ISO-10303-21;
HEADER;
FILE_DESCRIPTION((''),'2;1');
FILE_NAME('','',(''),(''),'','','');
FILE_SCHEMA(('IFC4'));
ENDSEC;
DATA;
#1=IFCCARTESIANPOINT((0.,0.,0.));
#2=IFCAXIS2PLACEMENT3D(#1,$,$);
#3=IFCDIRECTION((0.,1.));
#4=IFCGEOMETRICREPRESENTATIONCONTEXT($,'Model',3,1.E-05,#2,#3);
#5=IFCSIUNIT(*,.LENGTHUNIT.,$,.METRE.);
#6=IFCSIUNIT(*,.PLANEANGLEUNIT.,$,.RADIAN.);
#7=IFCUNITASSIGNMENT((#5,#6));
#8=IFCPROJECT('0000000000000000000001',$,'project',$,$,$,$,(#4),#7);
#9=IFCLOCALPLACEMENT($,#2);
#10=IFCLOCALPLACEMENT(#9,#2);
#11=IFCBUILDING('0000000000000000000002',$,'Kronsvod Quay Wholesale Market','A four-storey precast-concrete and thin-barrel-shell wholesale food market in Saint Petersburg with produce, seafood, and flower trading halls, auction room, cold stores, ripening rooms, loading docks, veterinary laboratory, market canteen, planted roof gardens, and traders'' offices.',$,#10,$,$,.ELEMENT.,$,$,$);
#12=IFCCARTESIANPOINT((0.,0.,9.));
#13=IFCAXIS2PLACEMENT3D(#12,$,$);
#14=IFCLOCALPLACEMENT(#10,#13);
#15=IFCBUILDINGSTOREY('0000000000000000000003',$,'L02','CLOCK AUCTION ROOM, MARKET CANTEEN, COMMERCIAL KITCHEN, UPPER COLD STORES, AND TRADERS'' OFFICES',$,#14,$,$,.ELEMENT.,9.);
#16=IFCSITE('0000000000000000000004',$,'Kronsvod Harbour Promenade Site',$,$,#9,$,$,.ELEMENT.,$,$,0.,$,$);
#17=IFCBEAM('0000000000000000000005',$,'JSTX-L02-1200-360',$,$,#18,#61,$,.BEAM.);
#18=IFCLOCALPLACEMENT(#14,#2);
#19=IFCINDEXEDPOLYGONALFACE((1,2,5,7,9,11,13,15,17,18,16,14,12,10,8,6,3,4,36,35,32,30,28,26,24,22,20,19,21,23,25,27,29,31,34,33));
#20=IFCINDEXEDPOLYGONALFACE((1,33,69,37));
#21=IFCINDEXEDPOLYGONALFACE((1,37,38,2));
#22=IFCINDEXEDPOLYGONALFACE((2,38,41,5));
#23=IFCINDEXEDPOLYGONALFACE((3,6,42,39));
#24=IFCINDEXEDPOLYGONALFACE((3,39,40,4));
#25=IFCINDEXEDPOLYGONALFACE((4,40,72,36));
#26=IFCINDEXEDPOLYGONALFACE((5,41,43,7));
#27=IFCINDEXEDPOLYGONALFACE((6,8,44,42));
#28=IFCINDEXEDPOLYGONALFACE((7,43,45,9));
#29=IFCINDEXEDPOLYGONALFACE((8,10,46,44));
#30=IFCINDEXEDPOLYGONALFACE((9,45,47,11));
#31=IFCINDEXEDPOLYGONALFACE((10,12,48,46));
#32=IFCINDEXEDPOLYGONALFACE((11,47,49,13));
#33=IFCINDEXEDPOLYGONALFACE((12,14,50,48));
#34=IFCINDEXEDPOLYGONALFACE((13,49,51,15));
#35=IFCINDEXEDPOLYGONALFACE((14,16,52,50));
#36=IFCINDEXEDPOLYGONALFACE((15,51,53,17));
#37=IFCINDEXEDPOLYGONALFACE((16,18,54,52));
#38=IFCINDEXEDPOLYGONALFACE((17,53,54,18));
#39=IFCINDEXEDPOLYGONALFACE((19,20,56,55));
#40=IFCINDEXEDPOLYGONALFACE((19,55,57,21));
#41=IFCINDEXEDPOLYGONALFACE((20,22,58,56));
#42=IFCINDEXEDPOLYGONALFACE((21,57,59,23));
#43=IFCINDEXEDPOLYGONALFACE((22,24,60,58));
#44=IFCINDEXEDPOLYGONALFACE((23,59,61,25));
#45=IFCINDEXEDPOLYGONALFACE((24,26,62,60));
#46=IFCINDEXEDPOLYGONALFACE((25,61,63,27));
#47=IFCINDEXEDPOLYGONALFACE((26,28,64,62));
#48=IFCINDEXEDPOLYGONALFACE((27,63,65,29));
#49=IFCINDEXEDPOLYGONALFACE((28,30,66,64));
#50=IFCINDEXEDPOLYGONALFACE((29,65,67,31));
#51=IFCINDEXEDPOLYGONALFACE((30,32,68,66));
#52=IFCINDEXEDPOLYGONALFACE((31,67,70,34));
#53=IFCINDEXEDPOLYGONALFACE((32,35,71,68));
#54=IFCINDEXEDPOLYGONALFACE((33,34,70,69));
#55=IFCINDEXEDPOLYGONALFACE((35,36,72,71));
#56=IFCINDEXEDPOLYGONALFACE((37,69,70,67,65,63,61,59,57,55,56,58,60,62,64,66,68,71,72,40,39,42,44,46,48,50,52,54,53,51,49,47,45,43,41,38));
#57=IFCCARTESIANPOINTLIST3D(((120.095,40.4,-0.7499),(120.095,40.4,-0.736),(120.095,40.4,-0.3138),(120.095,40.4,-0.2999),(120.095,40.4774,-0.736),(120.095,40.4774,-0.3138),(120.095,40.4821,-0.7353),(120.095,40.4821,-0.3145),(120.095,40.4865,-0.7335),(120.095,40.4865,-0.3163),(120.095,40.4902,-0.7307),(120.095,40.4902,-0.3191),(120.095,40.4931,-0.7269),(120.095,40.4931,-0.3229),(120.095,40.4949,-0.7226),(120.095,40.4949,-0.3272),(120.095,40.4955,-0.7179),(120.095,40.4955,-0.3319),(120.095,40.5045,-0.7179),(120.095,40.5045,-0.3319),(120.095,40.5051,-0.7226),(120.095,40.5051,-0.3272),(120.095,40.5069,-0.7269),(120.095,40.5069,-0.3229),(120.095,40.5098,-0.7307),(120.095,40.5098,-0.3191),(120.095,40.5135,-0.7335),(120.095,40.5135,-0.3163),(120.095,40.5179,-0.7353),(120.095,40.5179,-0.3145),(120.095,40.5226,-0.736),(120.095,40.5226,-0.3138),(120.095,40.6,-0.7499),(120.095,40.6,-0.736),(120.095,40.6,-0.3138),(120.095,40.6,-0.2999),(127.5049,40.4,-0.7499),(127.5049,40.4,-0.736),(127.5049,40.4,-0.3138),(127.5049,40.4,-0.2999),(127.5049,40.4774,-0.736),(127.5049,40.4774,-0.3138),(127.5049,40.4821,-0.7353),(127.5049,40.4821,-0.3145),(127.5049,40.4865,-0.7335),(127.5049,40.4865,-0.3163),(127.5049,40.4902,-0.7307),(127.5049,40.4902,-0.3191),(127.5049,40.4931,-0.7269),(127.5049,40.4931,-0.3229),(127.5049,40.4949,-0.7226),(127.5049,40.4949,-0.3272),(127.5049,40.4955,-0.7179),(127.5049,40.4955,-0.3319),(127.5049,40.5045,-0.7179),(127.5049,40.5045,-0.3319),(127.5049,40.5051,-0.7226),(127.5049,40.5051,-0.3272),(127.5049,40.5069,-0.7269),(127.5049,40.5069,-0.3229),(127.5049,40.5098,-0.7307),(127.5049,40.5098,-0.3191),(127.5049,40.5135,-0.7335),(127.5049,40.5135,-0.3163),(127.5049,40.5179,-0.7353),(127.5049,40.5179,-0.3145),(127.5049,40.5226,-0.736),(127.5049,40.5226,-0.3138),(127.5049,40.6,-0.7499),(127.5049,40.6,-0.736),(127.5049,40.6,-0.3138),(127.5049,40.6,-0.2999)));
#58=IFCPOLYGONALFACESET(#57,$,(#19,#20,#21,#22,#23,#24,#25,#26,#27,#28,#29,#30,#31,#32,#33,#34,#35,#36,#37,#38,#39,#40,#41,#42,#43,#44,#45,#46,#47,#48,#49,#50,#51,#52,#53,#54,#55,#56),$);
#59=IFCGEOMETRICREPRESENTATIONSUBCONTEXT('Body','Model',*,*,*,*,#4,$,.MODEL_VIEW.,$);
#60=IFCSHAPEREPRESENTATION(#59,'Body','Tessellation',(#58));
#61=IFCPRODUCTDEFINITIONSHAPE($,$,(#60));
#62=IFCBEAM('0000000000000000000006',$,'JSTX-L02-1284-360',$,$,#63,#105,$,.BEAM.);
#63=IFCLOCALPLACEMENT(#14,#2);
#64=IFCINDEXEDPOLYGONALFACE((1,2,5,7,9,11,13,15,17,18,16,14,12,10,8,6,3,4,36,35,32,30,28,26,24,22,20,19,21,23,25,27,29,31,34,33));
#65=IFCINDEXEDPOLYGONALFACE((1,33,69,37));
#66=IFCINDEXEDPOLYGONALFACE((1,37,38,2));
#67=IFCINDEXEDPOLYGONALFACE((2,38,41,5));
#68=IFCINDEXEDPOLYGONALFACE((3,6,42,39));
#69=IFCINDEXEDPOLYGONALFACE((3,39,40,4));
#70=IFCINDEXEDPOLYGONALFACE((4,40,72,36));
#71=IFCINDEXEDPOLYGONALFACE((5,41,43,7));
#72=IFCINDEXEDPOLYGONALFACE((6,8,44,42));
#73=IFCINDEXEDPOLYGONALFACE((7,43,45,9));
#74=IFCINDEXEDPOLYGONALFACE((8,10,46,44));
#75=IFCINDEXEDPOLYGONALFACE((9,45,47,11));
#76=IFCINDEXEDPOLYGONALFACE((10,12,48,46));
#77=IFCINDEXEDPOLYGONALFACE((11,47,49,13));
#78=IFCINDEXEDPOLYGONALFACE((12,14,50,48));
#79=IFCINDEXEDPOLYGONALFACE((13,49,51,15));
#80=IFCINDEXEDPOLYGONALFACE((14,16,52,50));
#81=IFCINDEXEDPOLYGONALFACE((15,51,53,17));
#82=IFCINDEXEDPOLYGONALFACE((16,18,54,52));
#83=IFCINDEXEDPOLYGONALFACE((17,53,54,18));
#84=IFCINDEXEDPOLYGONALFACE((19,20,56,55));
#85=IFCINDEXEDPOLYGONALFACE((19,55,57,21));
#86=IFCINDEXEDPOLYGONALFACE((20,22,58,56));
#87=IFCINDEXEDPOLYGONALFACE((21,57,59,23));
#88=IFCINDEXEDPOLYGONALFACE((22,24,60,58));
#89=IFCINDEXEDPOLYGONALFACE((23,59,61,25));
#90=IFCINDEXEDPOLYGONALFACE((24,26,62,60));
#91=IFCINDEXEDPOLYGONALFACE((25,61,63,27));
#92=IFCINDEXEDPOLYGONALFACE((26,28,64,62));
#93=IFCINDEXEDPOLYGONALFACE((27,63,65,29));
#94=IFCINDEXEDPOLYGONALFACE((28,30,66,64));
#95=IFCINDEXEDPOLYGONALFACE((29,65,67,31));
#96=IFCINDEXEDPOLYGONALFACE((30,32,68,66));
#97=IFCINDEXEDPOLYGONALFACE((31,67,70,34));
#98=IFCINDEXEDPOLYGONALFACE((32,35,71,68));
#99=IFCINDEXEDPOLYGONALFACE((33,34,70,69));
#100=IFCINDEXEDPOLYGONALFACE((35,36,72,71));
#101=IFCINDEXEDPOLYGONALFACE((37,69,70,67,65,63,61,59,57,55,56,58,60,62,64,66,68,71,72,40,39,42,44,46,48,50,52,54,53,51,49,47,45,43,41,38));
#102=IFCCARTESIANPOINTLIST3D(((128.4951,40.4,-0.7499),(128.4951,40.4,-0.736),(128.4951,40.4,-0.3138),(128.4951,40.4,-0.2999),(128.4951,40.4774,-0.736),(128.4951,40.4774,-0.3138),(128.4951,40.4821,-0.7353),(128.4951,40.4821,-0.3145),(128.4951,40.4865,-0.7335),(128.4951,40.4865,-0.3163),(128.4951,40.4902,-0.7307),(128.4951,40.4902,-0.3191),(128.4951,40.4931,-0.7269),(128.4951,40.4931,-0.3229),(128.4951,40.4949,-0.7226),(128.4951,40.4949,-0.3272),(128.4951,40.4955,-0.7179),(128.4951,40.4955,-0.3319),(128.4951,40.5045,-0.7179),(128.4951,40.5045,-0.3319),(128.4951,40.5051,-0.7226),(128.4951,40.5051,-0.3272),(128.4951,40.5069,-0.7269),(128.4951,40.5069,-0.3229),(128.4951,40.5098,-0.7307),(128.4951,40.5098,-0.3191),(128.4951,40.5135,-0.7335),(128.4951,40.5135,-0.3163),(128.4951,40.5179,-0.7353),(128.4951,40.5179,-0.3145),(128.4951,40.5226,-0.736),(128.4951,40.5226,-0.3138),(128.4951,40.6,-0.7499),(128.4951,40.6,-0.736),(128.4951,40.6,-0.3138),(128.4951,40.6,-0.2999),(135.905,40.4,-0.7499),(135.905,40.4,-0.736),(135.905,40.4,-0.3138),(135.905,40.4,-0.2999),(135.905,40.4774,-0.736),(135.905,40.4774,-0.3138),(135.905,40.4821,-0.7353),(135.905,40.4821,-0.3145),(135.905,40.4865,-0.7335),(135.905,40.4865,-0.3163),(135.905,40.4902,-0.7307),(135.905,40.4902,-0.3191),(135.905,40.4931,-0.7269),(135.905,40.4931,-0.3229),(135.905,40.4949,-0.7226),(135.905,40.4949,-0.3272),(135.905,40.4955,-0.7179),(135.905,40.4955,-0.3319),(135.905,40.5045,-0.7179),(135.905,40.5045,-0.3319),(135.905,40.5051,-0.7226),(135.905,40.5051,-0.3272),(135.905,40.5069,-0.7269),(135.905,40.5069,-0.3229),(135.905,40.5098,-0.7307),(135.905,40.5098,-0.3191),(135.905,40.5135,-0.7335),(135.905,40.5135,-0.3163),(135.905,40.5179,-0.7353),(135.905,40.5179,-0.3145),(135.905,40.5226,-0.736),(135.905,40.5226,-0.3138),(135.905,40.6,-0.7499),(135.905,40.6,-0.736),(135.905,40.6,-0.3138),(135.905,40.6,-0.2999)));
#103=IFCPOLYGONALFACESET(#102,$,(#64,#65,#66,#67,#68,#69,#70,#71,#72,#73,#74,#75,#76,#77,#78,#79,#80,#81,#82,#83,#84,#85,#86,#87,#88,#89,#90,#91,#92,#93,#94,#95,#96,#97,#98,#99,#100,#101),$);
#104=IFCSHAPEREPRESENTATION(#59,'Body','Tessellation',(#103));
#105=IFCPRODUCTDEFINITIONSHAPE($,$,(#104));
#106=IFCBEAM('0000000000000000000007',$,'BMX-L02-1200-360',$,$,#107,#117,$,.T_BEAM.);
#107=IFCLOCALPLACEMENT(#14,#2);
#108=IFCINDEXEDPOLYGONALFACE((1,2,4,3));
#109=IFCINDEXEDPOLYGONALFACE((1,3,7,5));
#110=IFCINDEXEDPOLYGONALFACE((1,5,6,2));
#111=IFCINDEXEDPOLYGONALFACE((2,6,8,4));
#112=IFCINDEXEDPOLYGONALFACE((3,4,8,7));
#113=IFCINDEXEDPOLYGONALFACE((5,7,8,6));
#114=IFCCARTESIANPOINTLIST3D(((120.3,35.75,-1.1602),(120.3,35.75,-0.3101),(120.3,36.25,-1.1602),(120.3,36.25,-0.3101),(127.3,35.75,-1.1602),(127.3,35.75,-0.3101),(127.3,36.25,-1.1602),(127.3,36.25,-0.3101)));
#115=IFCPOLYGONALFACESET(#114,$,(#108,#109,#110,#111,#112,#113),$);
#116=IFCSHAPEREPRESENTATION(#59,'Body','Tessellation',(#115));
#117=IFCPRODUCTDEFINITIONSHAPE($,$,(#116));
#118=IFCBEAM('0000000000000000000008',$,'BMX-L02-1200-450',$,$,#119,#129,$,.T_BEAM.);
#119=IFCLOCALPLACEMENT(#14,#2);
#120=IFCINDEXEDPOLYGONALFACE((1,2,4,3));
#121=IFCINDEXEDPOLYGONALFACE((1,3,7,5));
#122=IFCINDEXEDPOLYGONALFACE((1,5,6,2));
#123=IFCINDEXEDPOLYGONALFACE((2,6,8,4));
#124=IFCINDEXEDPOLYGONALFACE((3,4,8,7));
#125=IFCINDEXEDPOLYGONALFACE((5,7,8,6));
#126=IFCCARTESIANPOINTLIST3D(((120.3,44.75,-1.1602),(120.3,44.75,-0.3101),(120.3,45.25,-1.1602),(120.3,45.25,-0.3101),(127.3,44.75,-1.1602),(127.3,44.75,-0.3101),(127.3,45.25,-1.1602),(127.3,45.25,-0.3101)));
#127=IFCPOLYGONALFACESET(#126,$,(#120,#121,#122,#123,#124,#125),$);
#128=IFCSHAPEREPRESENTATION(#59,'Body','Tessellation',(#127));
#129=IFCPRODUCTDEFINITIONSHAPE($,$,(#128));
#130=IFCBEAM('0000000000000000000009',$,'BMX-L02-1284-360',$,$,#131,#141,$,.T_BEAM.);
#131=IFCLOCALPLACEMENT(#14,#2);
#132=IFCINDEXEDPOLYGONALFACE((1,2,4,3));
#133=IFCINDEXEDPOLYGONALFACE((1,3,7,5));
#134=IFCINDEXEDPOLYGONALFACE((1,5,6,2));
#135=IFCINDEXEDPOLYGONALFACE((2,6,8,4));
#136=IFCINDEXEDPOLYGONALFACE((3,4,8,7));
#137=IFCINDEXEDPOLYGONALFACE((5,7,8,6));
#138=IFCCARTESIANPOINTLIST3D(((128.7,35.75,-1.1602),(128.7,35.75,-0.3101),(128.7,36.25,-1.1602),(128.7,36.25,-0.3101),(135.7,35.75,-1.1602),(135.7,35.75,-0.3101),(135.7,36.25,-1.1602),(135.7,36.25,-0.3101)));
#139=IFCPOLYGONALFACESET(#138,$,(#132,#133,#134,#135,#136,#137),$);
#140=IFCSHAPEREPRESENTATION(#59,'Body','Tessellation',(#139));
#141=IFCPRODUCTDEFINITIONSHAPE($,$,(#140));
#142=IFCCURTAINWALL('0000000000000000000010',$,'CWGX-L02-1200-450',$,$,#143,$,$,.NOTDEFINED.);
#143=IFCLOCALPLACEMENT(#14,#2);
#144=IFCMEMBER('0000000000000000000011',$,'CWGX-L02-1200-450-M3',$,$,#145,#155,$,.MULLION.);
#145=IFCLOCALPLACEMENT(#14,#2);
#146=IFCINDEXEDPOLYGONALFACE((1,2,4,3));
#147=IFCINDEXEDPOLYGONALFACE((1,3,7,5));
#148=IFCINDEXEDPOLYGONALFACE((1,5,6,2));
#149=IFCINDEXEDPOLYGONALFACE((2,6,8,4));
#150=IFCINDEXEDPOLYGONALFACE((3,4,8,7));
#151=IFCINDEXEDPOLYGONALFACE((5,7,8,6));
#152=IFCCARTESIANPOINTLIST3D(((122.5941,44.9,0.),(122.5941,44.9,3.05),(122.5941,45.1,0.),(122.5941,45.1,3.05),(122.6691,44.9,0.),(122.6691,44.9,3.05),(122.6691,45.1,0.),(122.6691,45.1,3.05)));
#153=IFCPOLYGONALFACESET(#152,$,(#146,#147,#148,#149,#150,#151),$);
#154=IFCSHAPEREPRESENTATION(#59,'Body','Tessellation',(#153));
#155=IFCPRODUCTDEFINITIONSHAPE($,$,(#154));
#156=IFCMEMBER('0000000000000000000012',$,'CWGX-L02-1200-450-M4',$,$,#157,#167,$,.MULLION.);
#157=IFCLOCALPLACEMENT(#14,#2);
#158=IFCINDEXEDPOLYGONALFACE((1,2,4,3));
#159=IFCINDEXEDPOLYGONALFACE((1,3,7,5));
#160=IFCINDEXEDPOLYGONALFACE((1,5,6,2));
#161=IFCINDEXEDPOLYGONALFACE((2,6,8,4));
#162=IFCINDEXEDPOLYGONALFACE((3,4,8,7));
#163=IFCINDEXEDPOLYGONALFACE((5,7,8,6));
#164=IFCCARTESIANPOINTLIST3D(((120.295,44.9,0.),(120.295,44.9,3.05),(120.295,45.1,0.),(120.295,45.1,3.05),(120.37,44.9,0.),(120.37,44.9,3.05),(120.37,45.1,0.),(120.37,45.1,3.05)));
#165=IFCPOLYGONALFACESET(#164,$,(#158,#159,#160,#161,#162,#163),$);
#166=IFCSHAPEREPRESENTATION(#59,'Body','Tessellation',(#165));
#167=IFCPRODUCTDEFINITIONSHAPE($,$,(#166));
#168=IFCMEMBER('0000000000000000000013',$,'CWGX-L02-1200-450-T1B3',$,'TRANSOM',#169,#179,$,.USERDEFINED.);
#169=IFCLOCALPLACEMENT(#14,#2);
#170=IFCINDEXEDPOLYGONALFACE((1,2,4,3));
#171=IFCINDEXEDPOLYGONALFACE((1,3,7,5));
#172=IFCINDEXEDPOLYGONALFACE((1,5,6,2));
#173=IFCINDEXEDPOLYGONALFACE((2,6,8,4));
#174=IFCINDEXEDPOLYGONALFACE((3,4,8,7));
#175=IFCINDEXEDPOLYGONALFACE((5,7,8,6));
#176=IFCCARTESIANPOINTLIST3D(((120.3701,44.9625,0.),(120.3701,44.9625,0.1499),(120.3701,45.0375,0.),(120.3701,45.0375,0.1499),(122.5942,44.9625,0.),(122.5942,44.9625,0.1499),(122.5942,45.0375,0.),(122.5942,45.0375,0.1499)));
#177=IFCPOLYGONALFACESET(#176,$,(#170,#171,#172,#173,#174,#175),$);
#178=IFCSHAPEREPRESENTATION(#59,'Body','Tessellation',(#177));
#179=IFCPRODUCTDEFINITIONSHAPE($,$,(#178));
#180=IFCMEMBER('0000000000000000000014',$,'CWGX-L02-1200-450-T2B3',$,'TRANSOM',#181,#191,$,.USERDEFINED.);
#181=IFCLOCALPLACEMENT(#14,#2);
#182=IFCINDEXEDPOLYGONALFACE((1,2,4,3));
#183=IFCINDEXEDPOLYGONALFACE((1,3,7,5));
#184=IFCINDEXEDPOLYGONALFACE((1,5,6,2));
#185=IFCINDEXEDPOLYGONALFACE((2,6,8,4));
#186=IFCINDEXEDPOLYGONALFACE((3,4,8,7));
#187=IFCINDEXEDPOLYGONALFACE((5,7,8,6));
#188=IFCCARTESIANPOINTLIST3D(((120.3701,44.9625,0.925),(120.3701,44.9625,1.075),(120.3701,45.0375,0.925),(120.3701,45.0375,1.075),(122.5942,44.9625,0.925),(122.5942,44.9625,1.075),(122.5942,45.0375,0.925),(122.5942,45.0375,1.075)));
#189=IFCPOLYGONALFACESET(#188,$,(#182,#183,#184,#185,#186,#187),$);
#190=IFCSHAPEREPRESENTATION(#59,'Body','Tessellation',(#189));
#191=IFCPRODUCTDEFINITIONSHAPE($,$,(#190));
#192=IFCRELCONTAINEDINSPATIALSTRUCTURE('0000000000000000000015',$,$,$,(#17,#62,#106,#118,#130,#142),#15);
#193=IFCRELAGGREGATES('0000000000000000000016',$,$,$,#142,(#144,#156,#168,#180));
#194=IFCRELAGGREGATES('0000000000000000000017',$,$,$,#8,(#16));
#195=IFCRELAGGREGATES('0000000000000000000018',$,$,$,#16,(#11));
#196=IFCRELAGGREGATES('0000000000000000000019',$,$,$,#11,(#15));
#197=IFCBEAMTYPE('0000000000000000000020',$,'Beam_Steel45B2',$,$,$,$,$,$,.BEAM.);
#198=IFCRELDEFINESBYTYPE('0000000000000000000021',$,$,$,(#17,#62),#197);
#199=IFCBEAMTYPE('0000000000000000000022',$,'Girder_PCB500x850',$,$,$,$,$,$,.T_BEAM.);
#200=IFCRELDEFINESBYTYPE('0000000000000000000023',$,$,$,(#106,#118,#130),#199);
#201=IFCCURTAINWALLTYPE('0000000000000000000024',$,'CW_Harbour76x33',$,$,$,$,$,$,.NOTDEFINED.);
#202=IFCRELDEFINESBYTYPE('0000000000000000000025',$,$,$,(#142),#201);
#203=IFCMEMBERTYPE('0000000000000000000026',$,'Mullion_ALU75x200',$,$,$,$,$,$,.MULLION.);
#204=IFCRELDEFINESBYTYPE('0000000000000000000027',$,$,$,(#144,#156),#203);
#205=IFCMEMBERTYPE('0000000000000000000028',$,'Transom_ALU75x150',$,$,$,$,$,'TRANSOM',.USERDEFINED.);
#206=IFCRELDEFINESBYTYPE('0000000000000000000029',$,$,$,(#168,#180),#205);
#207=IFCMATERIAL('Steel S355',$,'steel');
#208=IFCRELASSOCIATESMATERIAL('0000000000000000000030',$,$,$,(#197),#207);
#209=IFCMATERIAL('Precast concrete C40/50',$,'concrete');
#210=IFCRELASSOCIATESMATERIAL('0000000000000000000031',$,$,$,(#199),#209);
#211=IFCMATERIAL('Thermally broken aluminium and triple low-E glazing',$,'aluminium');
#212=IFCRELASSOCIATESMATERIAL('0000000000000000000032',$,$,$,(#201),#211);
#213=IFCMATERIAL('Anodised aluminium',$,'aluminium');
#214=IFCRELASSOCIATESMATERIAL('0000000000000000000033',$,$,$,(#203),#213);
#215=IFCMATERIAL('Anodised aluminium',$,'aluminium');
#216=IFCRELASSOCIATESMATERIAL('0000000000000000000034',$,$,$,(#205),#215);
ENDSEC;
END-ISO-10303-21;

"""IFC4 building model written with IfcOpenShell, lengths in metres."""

from ifc_helpers import new_model, si_unit, direction, frame, origin, origin_2d, place, context, subcontext, project, spatial, rectangle, i_section, extrude, material, material_profile, profile_set, type_object, element, aggregate, save


model = new_model("IFC4")

# Units and contexts
model_context = context("Model", 3, precision=1e-05, world=origin(), true_north=direction((0.0, 1.0)))
body_context = subcontext(model_context, "Body", "Model", "MODEL_VIEW")
ifc_project = project(units=[si_unit("LENGTHUNIT", "METRE"), si_unit("PLANEANGLEUNIT", "RADIAN")], contexts=[model_context])

# Site, building, storey
site_placement = place(None, origin())
site = spatial("IfcSite", under=ifc_project, at=site_placement, Name="Kronsvod Harbour Promenade Site", CompositionType="ELEMENT", RefElevation=0.0)
building_placement = place(site_placement, origin())
building = spatial("IfcBuilding", under=site, at=building_placement, Name="Kronsvod Quay Wholesale Market", Description="A four-storey precast-concrete and thin-barrel-shell wholesale food market in Saint Petersburg with produce, seafood, and flower trading halls, auction room, cold stores, ripening rooms, loading docks, veterinary laboratory, market canteen, planted roof gardens, and traders' offices.", CompositionType="ELEMENT")
storey_placement = place(building_placement, frame((0.0, 0.0, 9.0)))
storey = spatial("IfcBuildingStorey", under=building, at=storey_placement, Name="L02", Description="CLOCK AUCTION ROOM, MARKET CANTEEN, COMMERCIAL KITCHEN, UPPER COLD STORES, AND TRADERS' OFFICES", CompositionType="ELEMENT", Elevation=9.0)

# Beams
ifc_material_1 = material(Name="Steel S355", Category="steel")
ifc_material_profile_1 = material_profile(ifc_material_1, i_section(OverallWidth=0.2, OverallDepth=0.45, WebThickness=0.009, FlangeThickness=0.0139, FilletRadius=0.0181, at=origin_2d()), Name="45B2")
ifc_profile_set_1 = profile_set([ifc_material_profile_1], Name="Steel S355")
beam_type_1 = type_object("IfcBeamType", Name="Beam_Steel45B2", PredefinedType="BEAM", material=ifc_profile_set_1)
for number, where, z_axis, x_axis, name in (
    (1, (120.095, 40.5, -0.5249), (1.0, 0.0, 0.0), (0.0, 1.0, 0.0), "JSTX-L02-1200-360"),
    (2, (128.4951, 40.5, -0.5249), (1.0, 0.0, 0.0), (0.0, 1.0, 0.0), "JSTX-L02-1284-360"),
):
    element("IfcBeam", number, at=place(storey_placement, frame(where, z_axis=z_axis, x_axis=x_axis)), inside=storey, type_object=beam_type_1, Name=name, PredefinedType="BEAM", context=body_context, shape_type="SweptSolid", body=[
        extrude(i_section(OverallWidth=0.2, OverallDepth=0.45, WebThickness=0.009, FlangeThickness=0.0139, FilletRadius=0.0181, at=origin_2d()), origin(), (0.0, 0.0, 1.0), 7.4099),
    ])
ifc_material_2 = material(Name="Precast concrete C40/50", Category="concrete")
ifc_material_profile_2 = material_profile(ifc_material_2, rectangle(XDim=0.5, YDim=0.8501, at=origin_2d()), Name="PCB500x850")
ifc_profile_set_2 = profile_set([ifc_material_profile_2], Name="Precast concrete C40/50")
beam_type_2 = type_object("IfcBeamType", Name="Girder_PCB500x850", PredefinedType="T_BEAM", material=ifc_profile_set_2)
for number, where, z_axis, x_axis, name in (
    (3, (120.3, 36.0, -0.7351), (1.0, 0.0, 0.0), (0.0, 1.0, 0.0), "BMX-L02-1200-360"),
    (4, (120.3, 45.0, -0.7351), (1.0, 0.0, 0.0), (0.0, 1.0, 0.0), "BMX-L02-1200-450"),
    (5, (128.7, 36.0, -0.7351), (1.0, 0.0, 0.0), (0.0, 1.0, 0.0), "BMX-L02-1284-360"),
):
    element("IfcBeam", number, at=place(storey_placement, frame(where, z_axis=z_axis, x_axis=x_axis)), inside=storey, type_object=beam_type_2, Name=name, PredefinedType="T_BEAM", context=body_context, shape_type="SweptSolid", body=[
        extrude(rectangle(XDim=0.5, YDim=0.8501, at=origin_2d()), origin(), (0.0, 0.0, 1.0), 7.0),
    ])

# Curtain wall, members
ifc_material_3 = material(Name="Thermally broken aluminium and triple low-E glazing", Category="aluminium")
curtain_wall_type = type_object("IfcCurtainWallType", Name="CW_Harbour76x33", PredefinedType="NOTDEFINED", material=ifc_material_3)
curtain_wall_placement = place(storey_placement, origin())
curtain_wall = element("IfcCurtainWall", 6, at=curtain_wall_placement, inside=storey, type_object=curtain_wall_type, Name="CWGX-L02-1200-450", PredefinedType="NOTDEFINED")
ifc_material_4 = material(Name="Anodised aluminium", Category="aluminium")
ifc_material_profile_3 = material_profile(ifc_material_4, rectangle(XDim=0.075, YDim=0.2, at=origin_2d()), Name="ALUM75x200")
ifc_profile_set_3 = profile_set([ifc_material_profile_3], Name="Anodised aluminium")
member_type_1 = type_object("IfcMemberType", Name="Mullion_ALU75x200", PredefinedType="MULLION", material=ifc_profile_set_3)
member_1_placement = place(storey_placement, frame((122.6316, 45.0, 0.0), z_axis=(0.0, 0.0, 1.0), x_axis=(1.0, 0.0, 0.0)))
member_1 = element("IfcMember", 7, at=member_1_placement, type_object=member_type_1, Name="CWGX-L02-1200-450-M3", PredefinedType="MULLION", context=body_context, shape_type="SweptSolid", body=[
    extrude(rectangle(XDim=0.075, YDim=0.2, at=origin_2d()), origin(), (0.0, 0.0, 1.0), 3.05),
])
member_2_placement = place(storey_placement, frame((120.3325, 45.0, 0.0), z_axis=(0.0, 0.0, 1.0), x_axis=(1.0, 0.0, 0.0)))
member_2 = element("IfcMember", 8, at=member_2_placement, type_object=member_type_1, Name="CWGX-L02-1200-450-M4", PredefinedType="MULLION", context=body_context, shape_type="SweptSolid", body=[
    extrude(rectangle(XDim=0.075, YDim=0.2, at=origin_2d()), origin(), (0.0, 0.0, 1.0), 3.05),
])
ifc_material_5 = material(Name="Anodised aluminium", Category="aluminium")
ifc_material_profile_4 = material_profile(ifc_material_5, rectangle(XDim=0.075, YDim=0.1499, at=origin_2d()), Name="ALUT75x150")
ifc_profile_set_4 = profile_set([ifc_material_profile_4], Name="Anodised aluminium")
member_type_2 = type_object("IfcMemberType", Name="Transom_ALU75x150", ElementType="TRANSOM", PredefinedType="USERDEFINED", material=ifc_profile_set_4)
member_3_placement = place(storey_placement, frame((122.5942, 45.0, 0.075), z_axis=(-1.0, 0.0, 0.0), x_axis=(0.0, -1.0, 0.0)))
member_3 = element("IfcMember", 9, at=member_3_placement, type_object=member_type_2, Name="CWGX-L02-1200-450-T1B3", ObjectType="TRANSOM", PredefinedType="USERDEFINED", context=body_context, shape_type="SweptSolid", body=[
    extrude(rectangle(XDim=0.075, YDim=0.1499, at=origin_2d()), origin(), (0.0, 0.0, 1.0), 2.2241),
])
member_4_placement = place(storey_placement, frame((122.5942, 45.0, 1.0), z_axis=(-1.0, 0.0, 0.0), x_axis=(0.0, -1.0, 0.0)))
member_4 = element("IfcMember", 10, at=member_4_placement, type_object=member_type_2, Name="CWGX-L02-1200-450-T2B3", ObjectType="TRANSOM", PredefinedType="USERDEFINED", context=body_context, shape_type="SweptSolid", body=[
    extrude(rectangle(XDim=0.075, YDim=0.1499, at=origin_2d()), origin(), (0.0, 0.0, 1.0), 2.2241),
])
aggregate(curtain_wall, [member_1, member_2, member_3, member_4])

save(model, "model.ifc")
